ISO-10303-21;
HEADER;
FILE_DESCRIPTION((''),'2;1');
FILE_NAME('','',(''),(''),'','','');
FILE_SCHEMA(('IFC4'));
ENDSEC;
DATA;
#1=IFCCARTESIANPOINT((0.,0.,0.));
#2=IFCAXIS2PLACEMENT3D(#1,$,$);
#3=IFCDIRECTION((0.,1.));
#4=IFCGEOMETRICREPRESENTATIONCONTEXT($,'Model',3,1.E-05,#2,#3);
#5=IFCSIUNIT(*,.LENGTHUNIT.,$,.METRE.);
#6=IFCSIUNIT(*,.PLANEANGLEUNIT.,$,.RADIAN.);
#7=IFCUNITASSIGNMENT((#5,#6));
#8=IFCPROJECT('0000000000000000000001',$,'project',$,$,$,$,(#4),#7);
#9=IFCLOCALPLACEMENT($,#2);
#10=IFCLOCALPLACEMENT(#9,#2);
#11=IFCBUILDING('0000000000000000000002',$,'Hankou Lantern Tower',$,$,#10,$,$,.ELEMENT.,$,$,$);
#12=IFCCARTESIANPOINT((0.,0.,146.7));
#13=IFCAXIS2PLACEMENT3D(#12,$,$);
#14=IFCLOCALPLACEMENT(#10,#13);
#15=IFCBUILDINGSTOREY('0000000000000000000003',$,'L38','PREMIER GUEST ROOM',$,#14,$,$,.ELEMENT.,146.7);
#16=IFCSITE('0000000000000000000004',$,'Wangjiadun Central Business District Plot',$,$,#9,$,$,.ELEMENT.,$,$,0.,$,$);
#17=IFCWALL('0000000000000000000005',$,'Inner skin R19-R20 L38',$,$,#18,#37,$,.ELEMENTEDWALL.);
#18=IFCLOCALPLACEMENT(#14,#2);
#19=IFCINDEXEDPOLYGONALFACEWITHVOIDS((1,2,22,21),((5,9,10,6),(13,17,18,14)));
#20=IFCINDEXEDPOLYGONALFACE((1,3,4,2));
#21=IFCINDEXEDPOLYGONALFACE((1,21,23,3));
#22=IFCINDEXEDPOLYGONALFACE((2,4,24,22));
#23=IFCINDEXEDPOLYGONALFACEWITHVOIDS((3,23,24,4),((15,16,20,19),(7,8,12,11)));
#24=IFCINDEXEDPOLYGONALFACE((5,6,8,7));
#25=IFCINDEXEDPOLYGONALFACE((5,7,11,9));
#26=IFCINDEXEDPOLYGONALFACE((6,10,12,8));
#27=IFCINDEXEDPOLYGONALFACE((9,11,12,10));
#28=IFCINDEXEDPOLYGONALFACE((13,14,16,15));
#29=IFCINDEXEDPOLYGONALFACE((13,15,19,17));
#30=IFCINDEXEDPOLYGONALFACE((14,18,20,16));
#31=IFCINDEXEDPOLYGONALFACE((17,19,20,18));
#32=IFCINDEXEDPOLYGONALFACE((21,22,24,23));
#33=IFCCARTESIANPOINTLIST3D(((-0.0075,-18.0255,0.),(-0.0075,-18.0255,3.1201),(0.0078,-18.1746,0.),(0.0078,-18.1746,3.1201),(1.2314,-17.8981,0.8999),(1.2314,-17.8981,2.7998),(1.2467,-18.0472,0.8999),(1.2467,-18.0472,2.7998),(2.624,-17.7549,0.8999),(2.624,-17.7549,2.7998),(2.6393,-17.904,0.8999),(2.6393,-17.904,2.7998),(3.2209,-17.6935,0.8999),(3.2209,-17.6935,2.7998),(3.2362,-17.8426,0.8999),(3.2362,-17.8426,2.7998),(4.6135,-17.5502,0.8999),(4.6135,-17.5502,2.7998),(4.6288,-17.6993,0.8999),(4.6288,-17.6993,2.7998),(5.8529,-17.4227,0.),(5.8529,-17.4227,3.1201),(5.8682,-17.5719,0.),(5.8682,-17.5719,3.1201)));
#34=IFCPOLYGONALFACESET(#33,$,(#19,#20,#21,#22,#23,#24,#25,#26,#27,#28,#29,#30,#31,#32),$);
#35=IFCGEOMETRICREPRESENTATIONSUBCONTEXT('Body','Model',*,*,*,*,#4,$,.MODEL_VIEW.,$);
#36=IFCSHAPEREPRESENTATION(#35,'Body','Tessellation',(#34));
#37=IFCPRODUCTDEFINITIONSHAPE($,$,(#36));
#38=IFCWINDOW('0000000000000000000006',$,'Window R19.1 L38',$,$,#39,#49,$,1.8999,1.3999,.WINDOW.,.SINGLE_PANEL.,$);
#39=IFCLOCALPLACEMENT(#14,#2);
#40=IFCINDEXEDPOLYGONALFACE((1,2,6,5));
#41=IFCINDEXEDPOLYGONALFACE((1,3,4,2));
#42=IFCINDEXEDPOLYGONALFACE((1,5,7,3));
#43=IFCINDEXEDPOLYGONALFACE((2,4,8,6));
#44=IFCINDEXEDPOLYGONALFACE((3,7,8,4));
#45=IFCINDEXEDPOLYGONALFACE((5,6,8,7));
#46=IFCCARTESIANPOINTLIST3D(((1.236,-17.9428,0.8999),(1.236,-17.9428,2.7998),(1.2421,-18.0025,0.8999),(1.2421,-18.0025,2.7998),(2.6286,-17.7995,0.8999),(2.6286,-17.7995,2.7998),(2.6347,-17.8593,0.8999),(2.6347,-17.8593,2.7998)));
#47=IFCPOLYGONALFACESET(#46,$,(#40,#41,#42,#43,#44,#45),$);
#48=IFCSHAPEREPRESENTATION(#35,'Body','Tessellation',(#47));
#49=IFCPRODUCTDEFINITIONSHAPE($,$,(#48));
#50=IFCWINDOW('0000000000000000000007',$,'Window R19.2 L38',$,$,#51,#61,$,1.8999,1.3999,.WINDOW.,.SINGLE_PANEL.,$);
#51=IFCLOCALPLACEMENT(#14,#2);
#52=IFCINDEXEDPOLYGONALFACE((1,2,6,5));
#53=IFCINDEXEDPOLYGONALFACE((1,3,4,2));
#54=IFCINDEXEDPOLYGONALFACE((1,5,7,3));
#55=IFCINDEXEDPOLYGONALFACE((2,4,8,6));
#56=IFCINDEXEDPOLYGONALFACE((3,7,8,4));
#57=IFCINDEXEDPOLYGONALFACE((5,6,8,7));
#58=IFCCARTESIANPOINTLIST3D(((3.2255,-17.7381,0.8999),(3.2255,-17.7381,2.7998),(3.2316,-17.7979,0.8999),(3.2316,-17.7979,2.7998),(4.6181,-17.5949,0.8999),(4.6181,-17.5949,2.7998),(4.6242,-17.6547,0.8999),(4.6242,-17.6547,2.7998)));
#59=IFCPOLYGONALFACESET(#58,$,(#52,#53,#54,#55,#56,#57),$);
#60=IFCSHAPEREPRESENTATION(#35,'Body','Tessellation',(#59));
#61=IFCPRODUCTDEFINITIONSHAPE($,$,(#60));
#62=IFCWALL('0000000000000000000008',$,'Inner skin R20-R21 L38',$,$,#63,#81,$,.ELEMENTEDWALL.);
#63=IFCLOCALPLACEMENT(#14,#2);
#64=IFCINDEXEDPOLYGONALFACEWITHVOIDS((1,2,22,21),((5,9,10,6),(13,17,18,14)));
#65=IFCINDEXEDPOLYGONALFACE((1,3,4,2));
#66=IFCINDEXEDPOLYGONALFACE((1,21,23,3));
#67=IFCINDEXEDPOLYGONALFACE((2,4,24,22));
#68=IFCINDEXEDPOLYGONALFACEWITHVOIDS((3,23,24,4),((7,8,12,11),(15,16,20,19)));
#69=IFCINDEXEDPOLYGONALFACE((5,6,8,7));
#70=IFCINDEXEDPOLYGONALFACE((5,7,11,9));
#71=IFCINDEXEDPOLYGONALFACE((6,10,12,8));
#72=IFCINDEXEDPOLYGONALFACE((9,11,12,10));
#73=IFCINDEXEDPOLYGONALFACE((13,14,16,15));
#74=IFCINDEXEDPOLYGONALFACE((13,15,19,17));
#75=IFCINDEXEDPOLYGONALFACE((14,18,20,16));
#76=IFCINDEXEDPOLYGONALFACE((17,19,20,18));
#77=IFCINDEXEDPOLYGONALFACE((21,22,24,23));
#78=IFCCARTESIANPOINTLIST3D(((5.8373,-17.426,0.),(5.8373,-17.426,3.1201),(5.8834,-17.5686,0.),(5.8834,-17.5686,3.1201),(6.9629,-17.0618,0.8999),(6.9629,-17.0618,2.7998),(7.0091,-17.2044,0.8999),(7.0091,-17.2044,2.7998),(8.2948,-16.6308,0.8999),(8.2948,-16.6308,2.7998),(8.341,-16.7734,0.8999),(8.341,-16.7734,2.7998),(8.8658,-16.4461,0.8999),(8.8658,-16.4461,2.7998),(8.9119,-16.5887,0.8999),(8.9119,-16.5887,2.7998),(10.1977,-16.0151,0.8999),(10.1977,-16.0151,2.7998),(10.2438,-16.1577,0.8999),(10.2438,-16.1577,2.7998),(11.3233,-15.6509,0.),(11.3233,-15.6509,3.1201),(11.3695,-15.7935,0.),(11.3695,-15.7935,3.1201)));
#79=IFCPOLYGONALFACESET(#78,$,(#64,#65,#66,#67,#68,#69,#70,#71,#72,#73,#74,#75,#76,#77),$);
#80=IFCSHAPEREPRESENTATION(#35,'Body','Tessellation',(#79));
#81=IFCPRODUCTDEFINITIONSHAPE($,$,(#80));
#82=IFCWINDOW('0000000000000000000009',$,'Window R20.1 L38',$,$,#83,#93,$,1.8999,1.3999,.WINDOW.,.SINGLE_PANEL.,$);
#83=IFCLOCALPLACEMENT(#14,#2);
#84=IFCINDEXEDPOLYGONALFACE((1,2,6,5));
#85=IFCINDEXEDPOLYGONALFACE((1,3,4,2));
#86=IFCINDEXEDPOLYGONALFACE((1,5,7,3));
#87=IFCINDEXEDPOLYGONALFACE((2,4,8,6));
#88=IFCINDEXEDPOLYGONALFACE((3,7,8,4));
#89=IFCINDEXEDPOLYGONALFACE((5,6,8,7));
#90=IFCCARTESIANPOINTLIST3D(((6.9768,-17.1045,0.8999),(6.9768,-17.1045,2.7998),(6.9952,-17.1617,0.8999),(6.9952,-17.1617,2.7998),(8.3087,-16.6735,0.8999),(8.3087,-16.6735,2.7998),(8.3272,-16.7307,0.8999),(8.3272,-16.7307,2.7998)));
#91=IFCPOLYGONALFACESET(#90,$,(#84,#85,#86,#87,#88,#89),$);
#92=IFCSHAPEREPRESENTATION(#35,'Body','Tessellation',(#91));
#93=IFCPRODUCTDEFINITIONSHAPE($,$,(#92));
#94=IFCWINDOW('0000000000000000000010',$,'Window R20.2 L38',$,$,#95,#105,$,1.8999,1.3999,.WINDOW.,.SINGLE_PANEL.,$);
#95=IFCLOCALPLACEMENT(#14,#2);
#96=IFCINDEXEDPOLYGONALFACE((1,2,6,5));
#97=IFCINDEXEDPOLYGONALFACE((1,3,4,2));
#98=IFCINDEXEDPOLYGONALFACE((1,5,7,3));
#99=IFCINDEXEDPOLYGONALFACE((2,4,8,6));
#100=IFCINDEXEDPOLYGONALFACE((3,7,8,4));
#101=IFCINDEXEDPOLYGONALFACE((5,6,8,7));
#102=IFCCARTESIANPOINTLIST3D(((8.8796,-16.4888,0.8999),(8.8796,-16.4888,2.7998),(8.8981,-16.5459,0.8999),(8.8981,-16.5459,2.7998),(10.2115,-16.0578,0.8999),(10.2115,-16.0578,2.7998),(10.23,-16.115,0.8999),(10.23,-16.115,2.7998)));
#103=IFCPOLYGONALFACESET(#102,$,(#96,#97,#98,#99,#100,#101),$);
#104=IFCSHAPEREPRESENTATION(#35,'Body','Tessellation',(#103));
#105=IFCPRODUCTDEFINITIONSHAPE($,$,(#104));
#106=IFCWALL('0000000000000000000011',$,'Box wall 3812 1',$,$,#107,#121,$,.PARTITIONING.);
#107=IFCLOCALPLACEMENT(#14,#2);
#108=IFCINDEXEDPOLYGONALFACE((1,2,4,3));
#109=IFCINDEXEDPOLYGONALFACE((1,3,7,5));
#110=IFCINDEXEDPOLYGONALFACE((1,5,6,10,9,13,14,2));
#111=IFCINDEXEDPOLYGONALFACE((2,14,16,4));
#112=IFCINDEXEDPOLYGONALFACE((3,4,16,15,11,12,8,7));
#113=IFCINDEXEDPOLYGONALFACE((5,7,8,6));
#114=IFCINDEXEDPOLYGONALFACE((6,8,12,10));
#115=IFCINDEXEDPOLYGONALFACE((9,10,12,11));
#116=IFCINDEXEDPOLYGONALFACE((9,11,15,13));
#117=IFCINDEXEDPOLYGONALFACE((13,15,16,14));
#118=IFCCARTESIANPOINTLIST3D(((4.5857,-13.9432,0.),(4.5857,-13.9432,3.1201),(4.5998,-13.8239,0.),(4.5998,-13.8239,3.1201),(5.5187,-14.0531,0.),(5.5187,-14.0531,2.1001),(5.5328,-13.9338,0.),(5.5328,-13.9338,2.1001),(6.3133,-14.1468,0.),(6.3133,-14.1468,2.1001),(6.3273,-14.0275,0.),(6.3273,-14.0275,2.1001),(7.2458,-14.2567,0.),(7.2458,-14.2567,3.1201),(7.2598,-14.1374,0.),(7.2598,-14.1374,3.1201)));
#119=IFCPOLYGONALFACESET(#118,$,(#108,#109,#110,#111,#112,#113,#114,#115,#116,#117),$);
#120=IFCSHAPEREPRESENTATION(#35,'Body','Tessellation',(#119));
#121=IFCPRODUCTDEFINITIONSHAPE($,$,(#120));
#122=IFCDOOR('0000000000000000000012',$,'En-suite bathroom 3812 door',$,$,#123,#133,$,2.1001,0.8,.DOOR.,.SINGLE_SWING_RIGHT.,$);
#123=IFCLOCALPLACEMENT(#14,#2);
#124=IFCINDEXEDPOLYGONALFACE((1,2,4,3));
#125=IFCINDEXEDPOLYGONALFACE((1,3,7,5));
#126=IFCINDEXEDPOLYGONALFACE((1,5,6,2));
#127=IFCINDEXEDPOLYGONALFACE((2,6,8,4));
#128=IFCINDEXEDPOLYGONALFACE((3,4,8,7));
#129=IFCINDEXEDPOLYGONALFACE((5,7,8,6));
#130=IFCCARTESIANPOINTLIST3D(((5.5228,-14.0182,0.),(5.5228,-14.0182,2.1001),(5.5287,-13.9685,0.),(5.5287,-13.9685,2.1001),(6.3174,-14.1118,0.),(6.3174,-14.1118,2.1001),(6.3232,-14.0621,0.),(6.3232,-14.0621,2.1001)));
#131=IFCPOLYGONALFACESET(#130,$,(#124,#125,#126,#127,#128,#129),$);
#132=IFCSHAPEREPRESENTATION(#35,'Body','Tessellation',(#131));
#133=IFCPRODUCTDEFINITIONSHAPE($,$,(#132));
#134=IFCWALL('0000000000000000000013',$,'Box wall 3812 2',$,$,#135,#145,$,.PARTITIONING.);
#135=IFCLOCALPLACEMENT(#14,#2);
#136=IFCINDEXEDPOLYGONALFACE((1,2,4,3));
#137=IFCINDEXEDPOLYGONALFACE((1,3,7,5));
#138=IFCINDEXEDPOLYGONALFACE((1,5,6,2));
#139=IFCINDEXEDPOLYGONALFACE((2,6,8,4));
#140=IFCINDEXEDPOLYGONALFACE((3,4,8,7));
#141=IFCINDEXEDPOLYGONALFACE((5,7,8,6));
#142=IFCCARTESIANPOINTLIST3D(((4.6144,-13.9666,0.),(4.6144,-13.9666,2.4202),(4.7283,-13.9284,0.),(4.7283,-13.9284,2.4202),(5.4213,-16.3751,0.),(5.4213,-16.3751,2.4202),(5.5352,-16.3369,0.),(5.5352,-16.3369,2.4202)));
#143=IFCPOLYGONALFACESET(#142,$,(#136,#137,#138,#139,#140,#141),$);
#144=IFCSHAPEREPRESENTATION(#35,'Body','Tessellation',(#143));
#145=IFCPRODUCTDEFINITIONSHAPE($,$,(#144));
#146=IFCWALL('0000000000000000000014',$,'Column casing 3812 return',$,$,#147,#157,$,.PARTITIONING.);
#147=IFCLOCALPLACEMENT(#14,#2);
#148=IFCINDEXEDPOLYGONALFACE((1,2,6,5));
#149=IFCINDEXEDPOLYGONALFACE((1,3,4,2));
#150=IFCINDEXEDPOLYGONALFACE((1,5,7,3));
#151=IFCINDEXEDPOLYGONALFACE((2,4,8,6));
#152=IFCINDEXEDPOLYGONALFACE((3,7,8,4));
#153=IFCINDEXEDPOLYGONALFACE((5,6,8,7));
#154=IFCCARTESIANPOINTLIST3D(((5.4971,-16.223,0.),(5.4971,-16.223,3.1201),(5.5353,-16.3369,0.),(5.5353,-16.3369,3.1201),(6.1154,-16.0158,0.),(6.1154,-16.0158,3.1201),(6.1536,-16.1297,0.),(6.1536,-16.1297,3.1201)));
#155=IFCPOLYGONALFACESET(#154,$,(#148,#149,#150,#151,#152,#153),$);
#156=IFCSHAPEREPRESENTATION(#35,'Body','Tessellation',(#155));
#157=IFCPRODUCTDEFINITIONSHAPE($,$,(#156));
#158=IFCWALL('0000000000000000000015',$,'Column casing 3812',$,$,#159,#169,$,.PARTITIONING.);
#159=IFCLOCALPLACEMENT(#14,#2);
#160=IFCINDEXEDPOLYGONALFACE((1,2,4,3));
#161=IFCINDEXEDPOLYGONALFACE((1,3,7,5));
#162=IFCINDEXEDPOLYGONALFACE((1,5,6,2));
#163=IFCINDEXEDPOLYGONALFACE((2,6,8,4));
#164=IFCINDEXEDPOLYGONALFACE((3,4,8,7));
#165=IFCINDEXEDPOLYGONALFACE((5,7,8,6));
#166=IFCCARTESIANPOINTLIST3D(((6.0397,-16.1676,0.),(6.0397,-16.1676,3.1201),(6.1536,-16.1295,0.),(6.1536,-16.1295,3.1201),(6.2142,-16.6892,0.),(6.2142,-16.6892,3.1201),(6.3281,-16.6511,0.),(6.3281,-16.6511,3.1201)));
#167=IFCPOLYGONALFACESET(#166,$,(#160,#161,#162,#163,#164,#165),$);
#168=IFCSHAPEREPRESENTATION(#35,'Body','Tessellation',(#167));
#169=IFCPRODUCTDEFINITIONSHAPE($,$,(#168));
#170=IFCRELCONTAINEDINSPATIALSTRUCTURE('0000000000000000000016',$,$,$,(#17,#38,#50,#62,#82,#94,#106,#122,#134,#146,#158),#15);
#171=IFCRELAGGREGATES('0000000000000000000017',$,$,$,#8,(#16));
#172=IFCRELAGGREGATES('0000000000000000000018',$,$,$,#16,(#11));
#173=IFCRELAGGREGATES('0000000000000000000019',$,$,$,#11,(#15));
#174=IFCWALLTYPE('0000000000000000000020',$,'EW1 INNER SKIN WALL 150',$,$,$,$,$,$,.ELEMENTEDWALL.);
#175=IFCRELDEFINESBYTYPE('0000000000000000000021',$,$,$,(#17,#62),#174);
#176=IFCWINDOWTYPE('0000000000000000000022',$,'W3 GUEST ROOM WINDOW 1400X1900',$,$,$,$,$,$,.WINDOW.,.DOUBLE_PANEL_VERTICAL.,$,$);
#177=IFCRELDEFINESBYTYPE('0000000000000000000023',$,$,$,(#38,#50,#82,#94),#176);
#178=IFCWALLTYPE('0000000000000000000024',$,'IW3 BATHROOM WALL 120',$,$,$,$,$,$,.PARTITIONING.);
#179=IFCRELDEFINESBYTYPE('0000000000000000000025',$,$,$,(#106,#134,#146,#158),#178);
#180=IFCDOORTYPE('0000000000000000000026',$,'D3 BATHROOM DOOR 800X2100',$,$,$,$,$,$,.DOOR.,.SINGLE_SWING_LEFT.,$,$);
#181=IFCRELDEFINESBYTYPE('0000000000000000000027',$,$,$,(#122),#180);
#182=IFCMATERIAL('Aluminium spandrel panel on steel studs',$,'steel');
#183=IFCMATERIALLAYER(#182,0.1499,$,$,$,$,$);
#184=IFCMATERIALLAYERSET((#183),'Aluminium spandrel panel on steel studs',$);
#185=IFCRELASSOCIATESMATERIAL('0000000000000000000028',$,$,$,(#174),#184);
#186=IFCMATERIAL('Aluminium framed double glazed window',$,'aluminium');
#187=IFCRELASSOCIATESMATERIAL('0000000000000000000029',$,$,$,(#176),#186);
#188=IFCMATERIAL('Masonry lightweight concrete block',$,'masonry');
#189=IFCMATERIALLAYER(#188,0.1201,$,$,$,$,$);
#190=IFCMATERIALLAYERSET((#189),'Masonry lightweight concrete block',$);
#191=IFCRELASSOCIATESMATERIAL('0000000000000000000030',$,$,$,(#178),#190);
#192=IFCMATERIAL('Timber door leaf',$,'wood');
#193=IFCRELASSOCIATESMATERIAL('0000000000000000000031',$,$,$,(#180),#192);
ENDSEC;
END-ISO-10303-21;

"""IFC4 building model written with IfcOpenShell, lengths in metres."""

from ifc_helpers import new_model, si_unit, direction, frame, frame_2d, origin, place, context, subcontext, project, spatial, rectangle, extrude, material, layer, layer_set, type_object, element, fill, save


model = new_model("IFC4")

# Units and contexts
model_context = context("Model", 3, precision=1e-05, world=origin(), true_north=direction((0.0, 1.0)))
body_context = subcontext(model_context, "Body", "Model", "MODEL_VIEW")
ifc_project = project(units=[si_unit("LENGTHUNIT", "METRE"), si_unit("PLANEANGLEUNIT", "RADIAN")], contexts=[model_context])

# Site, building, storey
site_placement = place(None, origin())
site = spatial("IfcSite", under=ifc_project, at=site_placement, Name="Wangjiadun Central Business District Plot", CompositionType="ELEMENT", RefElevation=0.0)
building_placement = place(site_placement, origin())
building = spatial("IfcBuilding", under=site, at=building_placement, Name="Hankou Lantern Tower", CompositionType="ELEMENT")
storey_placement = place(building_placement, frame((0.0, 0.0, 146.7)))
storey = spatial("IfcBuildingStorey", under=building, at=storey_placement, Name="L38", Description="PREMIER GUEST ROOM", CompositionType="ELEMENT", Elevation=146.7)

# Walls, openings, windows
ifc_material_1 = material(Name="Aluminium spandrel panel on steel studs", Category="steel")
ifc_layer_1 = layer(ifc_material_1, 0.1499)
ifc_layer_set_1 = layer_set([ifc_layer_1], Name="Aluminium spandrel panel on steel studs")
wall_type_1 = type_object("IfcWallType", Name="EW1 INNER SKIN WALL 150", PredefinedType="ELEMENTEDWALL", material=ifc_layer_set_1)
wall_1_placement = place(storey_placement, frame((0.0, -18.1001, 0.0), z_axis=(0.0, 0.0, 1.0), x_axis=(0.994752, 0.102318, 0.0)))
wall_1 = element("IfcWall", 1, at=wall_1_placement, inside=storey, type_object=wall_type_1, Name="Inner skin R19-R20 L38", PredefinedType="ELEMENTEDWALL", context=body_context, shape_type="SweptSolid", body=[
    extrude(rectangle(XDim=5.8914, YDim=0.1499, at=frame_2d((2.9458, 0.0))), origin(), (0.0, 0.0, 1.0), 3.1201),
])
opening_1_placement = place(wall_1_placement, frame((1.2456, 0.0, 0.8999)))
opening_1 = element("IfcOpeningElement", 2, at=opening_1_placement, cuts=wall_1, PredefinedType="OPENING", context=body_context, shape_type="SweptSolid", body=[
    extrude(rectangle(XDim=1.3999, YDim=1.8999, at=frame_2d((0.7, 0.95))), frame((0.0, 0.085, 0.0), z_axis=(0.0, -1.0, 0.0), x_axis=(1.0, 0.0, 0.0)), (0.0, 0.0, 1.0), 0.1699),
])
opening_2_placement = place(wall_1_placement, frame((3.2456, 0.0, 0.8999)))
opening_2 = element("IfcOpeningElement", 3, at=opening_2_placement, cuts=wall_1, PredefinedType="OPENING", context=body_context, shape_type="SweptSolid", body=[
    extrude(rectangle(XDim=1.3999, YDim=1.8999, at=frame_2d((0.7, 0.95))), frame((0.0, 0.085, 0.0), z_axis=(0.0, -1.0, 0.0), x_axis=(1.0, 0.0, 0.0)), (0.0, 0.0, 1.0), 0.1699),
])
ifc_material_2 = material(Name="Aluminium framed double glazed window", Category="aluminium")
window_type = type_object("IfcWindowType", Name="W3 GUEST ROOM WINDOW 1400X1900", PartitioningType="DOUBLE_PANEL_VERTICAL", PredefinedType="WINDOW", material=ifc_material_2)
window_1_placement = place(opening_1_placement, origin())
window_1 = element("IfcWindow", 4, at=window_1_placement, inside=storey, type_object=window_type, Name="Window R19.1 L38", OverallHeight=1.8999, OverallWidth=1.3999, PartitioningType="SINGLE_PANEL", PredefinedType="WINDOW", context=body_context, shape_type="SweptSolid", body=[
    extrude(rectangle(XDim=1.3999, YDim=1.8999, at=frame_2d((0.7, 0.95))), frame((0.0, 0.03, 0.0), z_axis=(0.0, -1.0, 0.0), x_axis=(1.0, 0.0, 0.0)), (0.0, 0.0, 1.0), 0.0601),
])
fill(opening_1, window_1)
window_2_placement = place(opening_2_placement, origin())
window_2 = element("IfcWindow", 5, at=window_2_placement, inside=storey, type_object=window_type, Name="Window R19.2 L38", OverallHeight=1.8999, OverallWidth=1.3999, PartitioningType="SINGLE_PANEL", PredefinedType="WINDOW", context=body_context, shape_type="SweptSolid", body=[
    extrude(rectangle(XDim=1.3999, YDim=1.8999, at=frame_2d((0.7, 0.95))), frame((0.0, 0.03, 0.0), z_axis=(0.0, -1.0, 0.0), x_axis=(1.0, 0.0, 0.0)), (0.0, 0.0, 1.0), 0.0601),
])
fill(opening_2, window_2)
wall_2_placement = place(storey_placement, frame((5.8604, -17.4973, 0.0), z_axis=(0.0, 0.0, 1.0), x_axis=(0.951432, 0.307857, 0.0)))
wall_2 = element("IfcWall", 6, at=wall_2_placement, inside=storey, type_object=wall_type_1, Name="Inner skin R20-R21 L38", PredefinedType="ELEMENTEDWALL", context=body_context, shape_type="SweptSolid", body=[
    extrude(rectangle(XDim=5.7661, YDim=0.1499, at=frame_2d((2.8831, 0.0))), origin(), (0.0, 0.0, 1.0), 3.1201),
])
opening_3_placement = place(wall_2_placement, frame((1.1831, 0.0, 0.8999)))
opening_3 = element("IfcOpeningElement", 7, at=opening_3_placement, cuts=wall_2, PredefinedType="OPENING", context=body_context, shape_type="SweptSolid", body=[
    extrude(rectangle(XDim=1.3999, YDim=1.8999, at=frame_2d((0.7, 0.95))), frame((0.0, 0.085, 0.0), z_axis=(0.0, -1.0, 0.0), x_axis=(1.0, 0.0, 0.0)), (0.0, 0.0, 1.0), 0.1699),
])
opening_4_placement = place(wall_2_placement, frame((3.1831, 0.0, 0.8999)))
opening_4 = element("IfcOpeningElement", 8, at=opening_4_placement, cuts=wall_2, PredefinedType="OPENING", context=body_context, shape_type="SweptSolid", body=[
    extrude(rectangle(XDim=1.3999, YDim=1.8999, at=frame_2d((0.7, 0.95))), frame((0.0, 0.085, 0.0), z_axis=(0.0, -1.0, 0.0), x_axis=(1.0, 0.0, 0.0)), (0.0, 0.0, 1.0), 0.1699),
])
window_3_placement = place(opening_3_placement, origin())
window_3 = element("IfcWindow", 9, at=window_3_placement, inside=storey, type_object=window_type, Name="Window R20.1 L38", OverallHeight=1.8999, OverallWidth=1.3999, PartitioningType="SINGLE_PANEL", PredefinedType="WINDOW", context=body_context, shape_type="SweptSolid", body=[
    extrude(rectangle(XDim=1.3999, YDim=1.8999, at=frame_2d((0.7, 0.95))), frame((0.0, 0.03, 0.0), z_axis=(0.0, -1.0, 0.0), x_axis=(1.0, 0.0, 0.0)), (0.0, 0.0, 1.0), 0.0601),
])
fill(opening_3, window_3)
window_4_placement = place(opening_4_placement, origin())
window_4 = element("IfcWindow", 10, at=window_4_placement, inside=storey, type_object=window_type, Name="Window R20.2 L38", OverallHeight=1.8999, OverallWidth=1.3999, PartitioningType="SINGLE_PANEL", PredefinedType="WINDOW", context=body_context, shape_type="SweptSolid", body=[
    extrude(rectangle(XDim=1.3999, YDim=1.8999, at=frame_2d((0.7, 0.95))), frame((0.0, 0.03, 0.0), z_axis=(0.0, -1.0, 0.0), x_axis=(1.0, 0.0, 0.0)), (0.0, 0.0, 1.0), 0.0601),
])
fill(opening_4, window_4)

# Wall, opening, door
ifc_material_3 = material(Name="Masonry lightweight concrete block", Category="masonry")
ifc_layer_2 = layer(ifc_material_3, 0.1201)
ifc_layer_set_2 = layer_set([ifc_layer_2], Name="Masonry lightweight concrete block")
wall_type_2 = type_object("IfcWallType", Name="IW3 BATHROOM WALL 120", PredefinedType="PARTITIONING", material=ifc_layer_set_2)
wall_3_placement = place(storey_placement, frame((7.2529, -14.197, 0.0), z_axis=(0.0, 0.0, 1.0), x_axis=(-0.993128, 0.117032, 0.0)))
wall_3 = element("IfcWall", 11, at=wall_3_placement, inside=storey, type_object=wall_type_2, Name="Box wall 3812 1", PredefinedType="PARTITIONING", context=body_context, shape_type="SweptSolid", body=[
    extrude(rectangle(XDim=2.6785, YDim=0.1201, at=frame_2d((1.3394, 0.0))), origin(), (0.0, 0.0, 1.0), 3.1201),
])
opening_5_placement = place(wall_3_placement, frame((0.9392, 0.0, 0.0)))
opening_5 = element("IfcOpeningElement", 12, at=opening_5_placement, cuts=wall_3, PredefinedType="OPENING", context=body_context, shape_type="SweptSolid", body=[
    extrude(rectangle(XDim=0.8, YDim=2.1001, at=frame_2d((0.3999, 1.05))), frame((0.0, 0.0701, 0.0), z_axis=(0.0, -1.0, 0.0), x_axis=(1.0, 0.0, 0.0)), (0.0, 0.0, 1.0), 0.1401),
])
ifc_material_4 = material(Name="Timber door leaf", Category="wood")
door_type = type_object("IfcDoorType", Name="D3 BATHROOM DOOR 800X2100", OperationType="SINGLE_SWING_LEFT", PredefinedType="DOOR", material=ifc_material_4)
door_placement = place(opening_5_placement, origin())
door = element("IfcDoor", 13, at=door_placement, inside=storey, type_object=door_type, Name="En-suite bathroom 3812 door", OperationType="SINGLE_SWING_RIGHT", OverallHeight=2.1001, OverallWidth=0.8, PredefinedType="DOOR", context=body_context, shape_type="SweptSolid", body=[
    extrude(rectangle(XDim=0.8, YDim=2.1001, at=frame_2d((0.3999, 1.05))), frame((0.0, 0.0249, 0.0), z_axis=(0.0, -1.0, 0.0), x_axis=(1.0, 0.0, 0.0)), (0.0, 0.0, 1.0), 0.05),
])
fill(opening_5, door)

# Walls
wall_4_placement = place(storey_placement, frame((4.6714, -13.9475, 0.0), z_axis=(0.0, 0.0, 1.0), x_axis=(0.317669, -0.948202, 0.0)))
element("IfcWall", 14, at=wall_4_placement, inside=storey, type_object=wall_type_2, Name="Box wall 3812 2", PredefinedType="PARTITIONING", context=body_context, shape_type="SweptSolid", body=[
    extrude(rectangle(XDim=2.54, YDim=0.1201, at=frame_2d((1.27, 0.0))), origin(), (0.0, 0.0, 1.0), 2.4202),
])
wall_5_placement = place(storey_placement, frame((5.5161, -16.28, 0.0), z_axis=(0.0, 0.0, 1.0), x_axis=(0.948158, 0.317799, 0.0)))
element("IfcWall", 15, at=wall_5_placement, inside=storey, type_object=wall_type_2, Name="Column casing 3812 return", PredefinedType="PARTITIONING", context=body_context, shape_type="SweptSolid", body=[
    extrude(rectangle(XDim=0.6521, YDim=0.1201, at=frame_2d((0.3262, 0.0))), origin(), (0.0, 0.0, 1.0), 3.1201),
])
wall_6_placement = place(storey_placement, frame((6.0967, -16.1487, 0.0), z_axis=(0.0, 0.0, 1.0), x_axis=(0.317293, -0.948328, 0.0)))
element("IfcWall", 16, at=wall_6_placement, inside=storey, type_object=wall_type_2, Name="Column casing 3812", PredefinedType="PARTITIONING", context=body_context, shape_type="SweptSolid", body=[
    extrude(rectangle(XDim=0.55, YDim=0.1201, at=frame_2d((0.2749, 0.0))), origin(), (0.0, 0.0, 1.0), 3.1201),
])

save(model, "model.ifc")
